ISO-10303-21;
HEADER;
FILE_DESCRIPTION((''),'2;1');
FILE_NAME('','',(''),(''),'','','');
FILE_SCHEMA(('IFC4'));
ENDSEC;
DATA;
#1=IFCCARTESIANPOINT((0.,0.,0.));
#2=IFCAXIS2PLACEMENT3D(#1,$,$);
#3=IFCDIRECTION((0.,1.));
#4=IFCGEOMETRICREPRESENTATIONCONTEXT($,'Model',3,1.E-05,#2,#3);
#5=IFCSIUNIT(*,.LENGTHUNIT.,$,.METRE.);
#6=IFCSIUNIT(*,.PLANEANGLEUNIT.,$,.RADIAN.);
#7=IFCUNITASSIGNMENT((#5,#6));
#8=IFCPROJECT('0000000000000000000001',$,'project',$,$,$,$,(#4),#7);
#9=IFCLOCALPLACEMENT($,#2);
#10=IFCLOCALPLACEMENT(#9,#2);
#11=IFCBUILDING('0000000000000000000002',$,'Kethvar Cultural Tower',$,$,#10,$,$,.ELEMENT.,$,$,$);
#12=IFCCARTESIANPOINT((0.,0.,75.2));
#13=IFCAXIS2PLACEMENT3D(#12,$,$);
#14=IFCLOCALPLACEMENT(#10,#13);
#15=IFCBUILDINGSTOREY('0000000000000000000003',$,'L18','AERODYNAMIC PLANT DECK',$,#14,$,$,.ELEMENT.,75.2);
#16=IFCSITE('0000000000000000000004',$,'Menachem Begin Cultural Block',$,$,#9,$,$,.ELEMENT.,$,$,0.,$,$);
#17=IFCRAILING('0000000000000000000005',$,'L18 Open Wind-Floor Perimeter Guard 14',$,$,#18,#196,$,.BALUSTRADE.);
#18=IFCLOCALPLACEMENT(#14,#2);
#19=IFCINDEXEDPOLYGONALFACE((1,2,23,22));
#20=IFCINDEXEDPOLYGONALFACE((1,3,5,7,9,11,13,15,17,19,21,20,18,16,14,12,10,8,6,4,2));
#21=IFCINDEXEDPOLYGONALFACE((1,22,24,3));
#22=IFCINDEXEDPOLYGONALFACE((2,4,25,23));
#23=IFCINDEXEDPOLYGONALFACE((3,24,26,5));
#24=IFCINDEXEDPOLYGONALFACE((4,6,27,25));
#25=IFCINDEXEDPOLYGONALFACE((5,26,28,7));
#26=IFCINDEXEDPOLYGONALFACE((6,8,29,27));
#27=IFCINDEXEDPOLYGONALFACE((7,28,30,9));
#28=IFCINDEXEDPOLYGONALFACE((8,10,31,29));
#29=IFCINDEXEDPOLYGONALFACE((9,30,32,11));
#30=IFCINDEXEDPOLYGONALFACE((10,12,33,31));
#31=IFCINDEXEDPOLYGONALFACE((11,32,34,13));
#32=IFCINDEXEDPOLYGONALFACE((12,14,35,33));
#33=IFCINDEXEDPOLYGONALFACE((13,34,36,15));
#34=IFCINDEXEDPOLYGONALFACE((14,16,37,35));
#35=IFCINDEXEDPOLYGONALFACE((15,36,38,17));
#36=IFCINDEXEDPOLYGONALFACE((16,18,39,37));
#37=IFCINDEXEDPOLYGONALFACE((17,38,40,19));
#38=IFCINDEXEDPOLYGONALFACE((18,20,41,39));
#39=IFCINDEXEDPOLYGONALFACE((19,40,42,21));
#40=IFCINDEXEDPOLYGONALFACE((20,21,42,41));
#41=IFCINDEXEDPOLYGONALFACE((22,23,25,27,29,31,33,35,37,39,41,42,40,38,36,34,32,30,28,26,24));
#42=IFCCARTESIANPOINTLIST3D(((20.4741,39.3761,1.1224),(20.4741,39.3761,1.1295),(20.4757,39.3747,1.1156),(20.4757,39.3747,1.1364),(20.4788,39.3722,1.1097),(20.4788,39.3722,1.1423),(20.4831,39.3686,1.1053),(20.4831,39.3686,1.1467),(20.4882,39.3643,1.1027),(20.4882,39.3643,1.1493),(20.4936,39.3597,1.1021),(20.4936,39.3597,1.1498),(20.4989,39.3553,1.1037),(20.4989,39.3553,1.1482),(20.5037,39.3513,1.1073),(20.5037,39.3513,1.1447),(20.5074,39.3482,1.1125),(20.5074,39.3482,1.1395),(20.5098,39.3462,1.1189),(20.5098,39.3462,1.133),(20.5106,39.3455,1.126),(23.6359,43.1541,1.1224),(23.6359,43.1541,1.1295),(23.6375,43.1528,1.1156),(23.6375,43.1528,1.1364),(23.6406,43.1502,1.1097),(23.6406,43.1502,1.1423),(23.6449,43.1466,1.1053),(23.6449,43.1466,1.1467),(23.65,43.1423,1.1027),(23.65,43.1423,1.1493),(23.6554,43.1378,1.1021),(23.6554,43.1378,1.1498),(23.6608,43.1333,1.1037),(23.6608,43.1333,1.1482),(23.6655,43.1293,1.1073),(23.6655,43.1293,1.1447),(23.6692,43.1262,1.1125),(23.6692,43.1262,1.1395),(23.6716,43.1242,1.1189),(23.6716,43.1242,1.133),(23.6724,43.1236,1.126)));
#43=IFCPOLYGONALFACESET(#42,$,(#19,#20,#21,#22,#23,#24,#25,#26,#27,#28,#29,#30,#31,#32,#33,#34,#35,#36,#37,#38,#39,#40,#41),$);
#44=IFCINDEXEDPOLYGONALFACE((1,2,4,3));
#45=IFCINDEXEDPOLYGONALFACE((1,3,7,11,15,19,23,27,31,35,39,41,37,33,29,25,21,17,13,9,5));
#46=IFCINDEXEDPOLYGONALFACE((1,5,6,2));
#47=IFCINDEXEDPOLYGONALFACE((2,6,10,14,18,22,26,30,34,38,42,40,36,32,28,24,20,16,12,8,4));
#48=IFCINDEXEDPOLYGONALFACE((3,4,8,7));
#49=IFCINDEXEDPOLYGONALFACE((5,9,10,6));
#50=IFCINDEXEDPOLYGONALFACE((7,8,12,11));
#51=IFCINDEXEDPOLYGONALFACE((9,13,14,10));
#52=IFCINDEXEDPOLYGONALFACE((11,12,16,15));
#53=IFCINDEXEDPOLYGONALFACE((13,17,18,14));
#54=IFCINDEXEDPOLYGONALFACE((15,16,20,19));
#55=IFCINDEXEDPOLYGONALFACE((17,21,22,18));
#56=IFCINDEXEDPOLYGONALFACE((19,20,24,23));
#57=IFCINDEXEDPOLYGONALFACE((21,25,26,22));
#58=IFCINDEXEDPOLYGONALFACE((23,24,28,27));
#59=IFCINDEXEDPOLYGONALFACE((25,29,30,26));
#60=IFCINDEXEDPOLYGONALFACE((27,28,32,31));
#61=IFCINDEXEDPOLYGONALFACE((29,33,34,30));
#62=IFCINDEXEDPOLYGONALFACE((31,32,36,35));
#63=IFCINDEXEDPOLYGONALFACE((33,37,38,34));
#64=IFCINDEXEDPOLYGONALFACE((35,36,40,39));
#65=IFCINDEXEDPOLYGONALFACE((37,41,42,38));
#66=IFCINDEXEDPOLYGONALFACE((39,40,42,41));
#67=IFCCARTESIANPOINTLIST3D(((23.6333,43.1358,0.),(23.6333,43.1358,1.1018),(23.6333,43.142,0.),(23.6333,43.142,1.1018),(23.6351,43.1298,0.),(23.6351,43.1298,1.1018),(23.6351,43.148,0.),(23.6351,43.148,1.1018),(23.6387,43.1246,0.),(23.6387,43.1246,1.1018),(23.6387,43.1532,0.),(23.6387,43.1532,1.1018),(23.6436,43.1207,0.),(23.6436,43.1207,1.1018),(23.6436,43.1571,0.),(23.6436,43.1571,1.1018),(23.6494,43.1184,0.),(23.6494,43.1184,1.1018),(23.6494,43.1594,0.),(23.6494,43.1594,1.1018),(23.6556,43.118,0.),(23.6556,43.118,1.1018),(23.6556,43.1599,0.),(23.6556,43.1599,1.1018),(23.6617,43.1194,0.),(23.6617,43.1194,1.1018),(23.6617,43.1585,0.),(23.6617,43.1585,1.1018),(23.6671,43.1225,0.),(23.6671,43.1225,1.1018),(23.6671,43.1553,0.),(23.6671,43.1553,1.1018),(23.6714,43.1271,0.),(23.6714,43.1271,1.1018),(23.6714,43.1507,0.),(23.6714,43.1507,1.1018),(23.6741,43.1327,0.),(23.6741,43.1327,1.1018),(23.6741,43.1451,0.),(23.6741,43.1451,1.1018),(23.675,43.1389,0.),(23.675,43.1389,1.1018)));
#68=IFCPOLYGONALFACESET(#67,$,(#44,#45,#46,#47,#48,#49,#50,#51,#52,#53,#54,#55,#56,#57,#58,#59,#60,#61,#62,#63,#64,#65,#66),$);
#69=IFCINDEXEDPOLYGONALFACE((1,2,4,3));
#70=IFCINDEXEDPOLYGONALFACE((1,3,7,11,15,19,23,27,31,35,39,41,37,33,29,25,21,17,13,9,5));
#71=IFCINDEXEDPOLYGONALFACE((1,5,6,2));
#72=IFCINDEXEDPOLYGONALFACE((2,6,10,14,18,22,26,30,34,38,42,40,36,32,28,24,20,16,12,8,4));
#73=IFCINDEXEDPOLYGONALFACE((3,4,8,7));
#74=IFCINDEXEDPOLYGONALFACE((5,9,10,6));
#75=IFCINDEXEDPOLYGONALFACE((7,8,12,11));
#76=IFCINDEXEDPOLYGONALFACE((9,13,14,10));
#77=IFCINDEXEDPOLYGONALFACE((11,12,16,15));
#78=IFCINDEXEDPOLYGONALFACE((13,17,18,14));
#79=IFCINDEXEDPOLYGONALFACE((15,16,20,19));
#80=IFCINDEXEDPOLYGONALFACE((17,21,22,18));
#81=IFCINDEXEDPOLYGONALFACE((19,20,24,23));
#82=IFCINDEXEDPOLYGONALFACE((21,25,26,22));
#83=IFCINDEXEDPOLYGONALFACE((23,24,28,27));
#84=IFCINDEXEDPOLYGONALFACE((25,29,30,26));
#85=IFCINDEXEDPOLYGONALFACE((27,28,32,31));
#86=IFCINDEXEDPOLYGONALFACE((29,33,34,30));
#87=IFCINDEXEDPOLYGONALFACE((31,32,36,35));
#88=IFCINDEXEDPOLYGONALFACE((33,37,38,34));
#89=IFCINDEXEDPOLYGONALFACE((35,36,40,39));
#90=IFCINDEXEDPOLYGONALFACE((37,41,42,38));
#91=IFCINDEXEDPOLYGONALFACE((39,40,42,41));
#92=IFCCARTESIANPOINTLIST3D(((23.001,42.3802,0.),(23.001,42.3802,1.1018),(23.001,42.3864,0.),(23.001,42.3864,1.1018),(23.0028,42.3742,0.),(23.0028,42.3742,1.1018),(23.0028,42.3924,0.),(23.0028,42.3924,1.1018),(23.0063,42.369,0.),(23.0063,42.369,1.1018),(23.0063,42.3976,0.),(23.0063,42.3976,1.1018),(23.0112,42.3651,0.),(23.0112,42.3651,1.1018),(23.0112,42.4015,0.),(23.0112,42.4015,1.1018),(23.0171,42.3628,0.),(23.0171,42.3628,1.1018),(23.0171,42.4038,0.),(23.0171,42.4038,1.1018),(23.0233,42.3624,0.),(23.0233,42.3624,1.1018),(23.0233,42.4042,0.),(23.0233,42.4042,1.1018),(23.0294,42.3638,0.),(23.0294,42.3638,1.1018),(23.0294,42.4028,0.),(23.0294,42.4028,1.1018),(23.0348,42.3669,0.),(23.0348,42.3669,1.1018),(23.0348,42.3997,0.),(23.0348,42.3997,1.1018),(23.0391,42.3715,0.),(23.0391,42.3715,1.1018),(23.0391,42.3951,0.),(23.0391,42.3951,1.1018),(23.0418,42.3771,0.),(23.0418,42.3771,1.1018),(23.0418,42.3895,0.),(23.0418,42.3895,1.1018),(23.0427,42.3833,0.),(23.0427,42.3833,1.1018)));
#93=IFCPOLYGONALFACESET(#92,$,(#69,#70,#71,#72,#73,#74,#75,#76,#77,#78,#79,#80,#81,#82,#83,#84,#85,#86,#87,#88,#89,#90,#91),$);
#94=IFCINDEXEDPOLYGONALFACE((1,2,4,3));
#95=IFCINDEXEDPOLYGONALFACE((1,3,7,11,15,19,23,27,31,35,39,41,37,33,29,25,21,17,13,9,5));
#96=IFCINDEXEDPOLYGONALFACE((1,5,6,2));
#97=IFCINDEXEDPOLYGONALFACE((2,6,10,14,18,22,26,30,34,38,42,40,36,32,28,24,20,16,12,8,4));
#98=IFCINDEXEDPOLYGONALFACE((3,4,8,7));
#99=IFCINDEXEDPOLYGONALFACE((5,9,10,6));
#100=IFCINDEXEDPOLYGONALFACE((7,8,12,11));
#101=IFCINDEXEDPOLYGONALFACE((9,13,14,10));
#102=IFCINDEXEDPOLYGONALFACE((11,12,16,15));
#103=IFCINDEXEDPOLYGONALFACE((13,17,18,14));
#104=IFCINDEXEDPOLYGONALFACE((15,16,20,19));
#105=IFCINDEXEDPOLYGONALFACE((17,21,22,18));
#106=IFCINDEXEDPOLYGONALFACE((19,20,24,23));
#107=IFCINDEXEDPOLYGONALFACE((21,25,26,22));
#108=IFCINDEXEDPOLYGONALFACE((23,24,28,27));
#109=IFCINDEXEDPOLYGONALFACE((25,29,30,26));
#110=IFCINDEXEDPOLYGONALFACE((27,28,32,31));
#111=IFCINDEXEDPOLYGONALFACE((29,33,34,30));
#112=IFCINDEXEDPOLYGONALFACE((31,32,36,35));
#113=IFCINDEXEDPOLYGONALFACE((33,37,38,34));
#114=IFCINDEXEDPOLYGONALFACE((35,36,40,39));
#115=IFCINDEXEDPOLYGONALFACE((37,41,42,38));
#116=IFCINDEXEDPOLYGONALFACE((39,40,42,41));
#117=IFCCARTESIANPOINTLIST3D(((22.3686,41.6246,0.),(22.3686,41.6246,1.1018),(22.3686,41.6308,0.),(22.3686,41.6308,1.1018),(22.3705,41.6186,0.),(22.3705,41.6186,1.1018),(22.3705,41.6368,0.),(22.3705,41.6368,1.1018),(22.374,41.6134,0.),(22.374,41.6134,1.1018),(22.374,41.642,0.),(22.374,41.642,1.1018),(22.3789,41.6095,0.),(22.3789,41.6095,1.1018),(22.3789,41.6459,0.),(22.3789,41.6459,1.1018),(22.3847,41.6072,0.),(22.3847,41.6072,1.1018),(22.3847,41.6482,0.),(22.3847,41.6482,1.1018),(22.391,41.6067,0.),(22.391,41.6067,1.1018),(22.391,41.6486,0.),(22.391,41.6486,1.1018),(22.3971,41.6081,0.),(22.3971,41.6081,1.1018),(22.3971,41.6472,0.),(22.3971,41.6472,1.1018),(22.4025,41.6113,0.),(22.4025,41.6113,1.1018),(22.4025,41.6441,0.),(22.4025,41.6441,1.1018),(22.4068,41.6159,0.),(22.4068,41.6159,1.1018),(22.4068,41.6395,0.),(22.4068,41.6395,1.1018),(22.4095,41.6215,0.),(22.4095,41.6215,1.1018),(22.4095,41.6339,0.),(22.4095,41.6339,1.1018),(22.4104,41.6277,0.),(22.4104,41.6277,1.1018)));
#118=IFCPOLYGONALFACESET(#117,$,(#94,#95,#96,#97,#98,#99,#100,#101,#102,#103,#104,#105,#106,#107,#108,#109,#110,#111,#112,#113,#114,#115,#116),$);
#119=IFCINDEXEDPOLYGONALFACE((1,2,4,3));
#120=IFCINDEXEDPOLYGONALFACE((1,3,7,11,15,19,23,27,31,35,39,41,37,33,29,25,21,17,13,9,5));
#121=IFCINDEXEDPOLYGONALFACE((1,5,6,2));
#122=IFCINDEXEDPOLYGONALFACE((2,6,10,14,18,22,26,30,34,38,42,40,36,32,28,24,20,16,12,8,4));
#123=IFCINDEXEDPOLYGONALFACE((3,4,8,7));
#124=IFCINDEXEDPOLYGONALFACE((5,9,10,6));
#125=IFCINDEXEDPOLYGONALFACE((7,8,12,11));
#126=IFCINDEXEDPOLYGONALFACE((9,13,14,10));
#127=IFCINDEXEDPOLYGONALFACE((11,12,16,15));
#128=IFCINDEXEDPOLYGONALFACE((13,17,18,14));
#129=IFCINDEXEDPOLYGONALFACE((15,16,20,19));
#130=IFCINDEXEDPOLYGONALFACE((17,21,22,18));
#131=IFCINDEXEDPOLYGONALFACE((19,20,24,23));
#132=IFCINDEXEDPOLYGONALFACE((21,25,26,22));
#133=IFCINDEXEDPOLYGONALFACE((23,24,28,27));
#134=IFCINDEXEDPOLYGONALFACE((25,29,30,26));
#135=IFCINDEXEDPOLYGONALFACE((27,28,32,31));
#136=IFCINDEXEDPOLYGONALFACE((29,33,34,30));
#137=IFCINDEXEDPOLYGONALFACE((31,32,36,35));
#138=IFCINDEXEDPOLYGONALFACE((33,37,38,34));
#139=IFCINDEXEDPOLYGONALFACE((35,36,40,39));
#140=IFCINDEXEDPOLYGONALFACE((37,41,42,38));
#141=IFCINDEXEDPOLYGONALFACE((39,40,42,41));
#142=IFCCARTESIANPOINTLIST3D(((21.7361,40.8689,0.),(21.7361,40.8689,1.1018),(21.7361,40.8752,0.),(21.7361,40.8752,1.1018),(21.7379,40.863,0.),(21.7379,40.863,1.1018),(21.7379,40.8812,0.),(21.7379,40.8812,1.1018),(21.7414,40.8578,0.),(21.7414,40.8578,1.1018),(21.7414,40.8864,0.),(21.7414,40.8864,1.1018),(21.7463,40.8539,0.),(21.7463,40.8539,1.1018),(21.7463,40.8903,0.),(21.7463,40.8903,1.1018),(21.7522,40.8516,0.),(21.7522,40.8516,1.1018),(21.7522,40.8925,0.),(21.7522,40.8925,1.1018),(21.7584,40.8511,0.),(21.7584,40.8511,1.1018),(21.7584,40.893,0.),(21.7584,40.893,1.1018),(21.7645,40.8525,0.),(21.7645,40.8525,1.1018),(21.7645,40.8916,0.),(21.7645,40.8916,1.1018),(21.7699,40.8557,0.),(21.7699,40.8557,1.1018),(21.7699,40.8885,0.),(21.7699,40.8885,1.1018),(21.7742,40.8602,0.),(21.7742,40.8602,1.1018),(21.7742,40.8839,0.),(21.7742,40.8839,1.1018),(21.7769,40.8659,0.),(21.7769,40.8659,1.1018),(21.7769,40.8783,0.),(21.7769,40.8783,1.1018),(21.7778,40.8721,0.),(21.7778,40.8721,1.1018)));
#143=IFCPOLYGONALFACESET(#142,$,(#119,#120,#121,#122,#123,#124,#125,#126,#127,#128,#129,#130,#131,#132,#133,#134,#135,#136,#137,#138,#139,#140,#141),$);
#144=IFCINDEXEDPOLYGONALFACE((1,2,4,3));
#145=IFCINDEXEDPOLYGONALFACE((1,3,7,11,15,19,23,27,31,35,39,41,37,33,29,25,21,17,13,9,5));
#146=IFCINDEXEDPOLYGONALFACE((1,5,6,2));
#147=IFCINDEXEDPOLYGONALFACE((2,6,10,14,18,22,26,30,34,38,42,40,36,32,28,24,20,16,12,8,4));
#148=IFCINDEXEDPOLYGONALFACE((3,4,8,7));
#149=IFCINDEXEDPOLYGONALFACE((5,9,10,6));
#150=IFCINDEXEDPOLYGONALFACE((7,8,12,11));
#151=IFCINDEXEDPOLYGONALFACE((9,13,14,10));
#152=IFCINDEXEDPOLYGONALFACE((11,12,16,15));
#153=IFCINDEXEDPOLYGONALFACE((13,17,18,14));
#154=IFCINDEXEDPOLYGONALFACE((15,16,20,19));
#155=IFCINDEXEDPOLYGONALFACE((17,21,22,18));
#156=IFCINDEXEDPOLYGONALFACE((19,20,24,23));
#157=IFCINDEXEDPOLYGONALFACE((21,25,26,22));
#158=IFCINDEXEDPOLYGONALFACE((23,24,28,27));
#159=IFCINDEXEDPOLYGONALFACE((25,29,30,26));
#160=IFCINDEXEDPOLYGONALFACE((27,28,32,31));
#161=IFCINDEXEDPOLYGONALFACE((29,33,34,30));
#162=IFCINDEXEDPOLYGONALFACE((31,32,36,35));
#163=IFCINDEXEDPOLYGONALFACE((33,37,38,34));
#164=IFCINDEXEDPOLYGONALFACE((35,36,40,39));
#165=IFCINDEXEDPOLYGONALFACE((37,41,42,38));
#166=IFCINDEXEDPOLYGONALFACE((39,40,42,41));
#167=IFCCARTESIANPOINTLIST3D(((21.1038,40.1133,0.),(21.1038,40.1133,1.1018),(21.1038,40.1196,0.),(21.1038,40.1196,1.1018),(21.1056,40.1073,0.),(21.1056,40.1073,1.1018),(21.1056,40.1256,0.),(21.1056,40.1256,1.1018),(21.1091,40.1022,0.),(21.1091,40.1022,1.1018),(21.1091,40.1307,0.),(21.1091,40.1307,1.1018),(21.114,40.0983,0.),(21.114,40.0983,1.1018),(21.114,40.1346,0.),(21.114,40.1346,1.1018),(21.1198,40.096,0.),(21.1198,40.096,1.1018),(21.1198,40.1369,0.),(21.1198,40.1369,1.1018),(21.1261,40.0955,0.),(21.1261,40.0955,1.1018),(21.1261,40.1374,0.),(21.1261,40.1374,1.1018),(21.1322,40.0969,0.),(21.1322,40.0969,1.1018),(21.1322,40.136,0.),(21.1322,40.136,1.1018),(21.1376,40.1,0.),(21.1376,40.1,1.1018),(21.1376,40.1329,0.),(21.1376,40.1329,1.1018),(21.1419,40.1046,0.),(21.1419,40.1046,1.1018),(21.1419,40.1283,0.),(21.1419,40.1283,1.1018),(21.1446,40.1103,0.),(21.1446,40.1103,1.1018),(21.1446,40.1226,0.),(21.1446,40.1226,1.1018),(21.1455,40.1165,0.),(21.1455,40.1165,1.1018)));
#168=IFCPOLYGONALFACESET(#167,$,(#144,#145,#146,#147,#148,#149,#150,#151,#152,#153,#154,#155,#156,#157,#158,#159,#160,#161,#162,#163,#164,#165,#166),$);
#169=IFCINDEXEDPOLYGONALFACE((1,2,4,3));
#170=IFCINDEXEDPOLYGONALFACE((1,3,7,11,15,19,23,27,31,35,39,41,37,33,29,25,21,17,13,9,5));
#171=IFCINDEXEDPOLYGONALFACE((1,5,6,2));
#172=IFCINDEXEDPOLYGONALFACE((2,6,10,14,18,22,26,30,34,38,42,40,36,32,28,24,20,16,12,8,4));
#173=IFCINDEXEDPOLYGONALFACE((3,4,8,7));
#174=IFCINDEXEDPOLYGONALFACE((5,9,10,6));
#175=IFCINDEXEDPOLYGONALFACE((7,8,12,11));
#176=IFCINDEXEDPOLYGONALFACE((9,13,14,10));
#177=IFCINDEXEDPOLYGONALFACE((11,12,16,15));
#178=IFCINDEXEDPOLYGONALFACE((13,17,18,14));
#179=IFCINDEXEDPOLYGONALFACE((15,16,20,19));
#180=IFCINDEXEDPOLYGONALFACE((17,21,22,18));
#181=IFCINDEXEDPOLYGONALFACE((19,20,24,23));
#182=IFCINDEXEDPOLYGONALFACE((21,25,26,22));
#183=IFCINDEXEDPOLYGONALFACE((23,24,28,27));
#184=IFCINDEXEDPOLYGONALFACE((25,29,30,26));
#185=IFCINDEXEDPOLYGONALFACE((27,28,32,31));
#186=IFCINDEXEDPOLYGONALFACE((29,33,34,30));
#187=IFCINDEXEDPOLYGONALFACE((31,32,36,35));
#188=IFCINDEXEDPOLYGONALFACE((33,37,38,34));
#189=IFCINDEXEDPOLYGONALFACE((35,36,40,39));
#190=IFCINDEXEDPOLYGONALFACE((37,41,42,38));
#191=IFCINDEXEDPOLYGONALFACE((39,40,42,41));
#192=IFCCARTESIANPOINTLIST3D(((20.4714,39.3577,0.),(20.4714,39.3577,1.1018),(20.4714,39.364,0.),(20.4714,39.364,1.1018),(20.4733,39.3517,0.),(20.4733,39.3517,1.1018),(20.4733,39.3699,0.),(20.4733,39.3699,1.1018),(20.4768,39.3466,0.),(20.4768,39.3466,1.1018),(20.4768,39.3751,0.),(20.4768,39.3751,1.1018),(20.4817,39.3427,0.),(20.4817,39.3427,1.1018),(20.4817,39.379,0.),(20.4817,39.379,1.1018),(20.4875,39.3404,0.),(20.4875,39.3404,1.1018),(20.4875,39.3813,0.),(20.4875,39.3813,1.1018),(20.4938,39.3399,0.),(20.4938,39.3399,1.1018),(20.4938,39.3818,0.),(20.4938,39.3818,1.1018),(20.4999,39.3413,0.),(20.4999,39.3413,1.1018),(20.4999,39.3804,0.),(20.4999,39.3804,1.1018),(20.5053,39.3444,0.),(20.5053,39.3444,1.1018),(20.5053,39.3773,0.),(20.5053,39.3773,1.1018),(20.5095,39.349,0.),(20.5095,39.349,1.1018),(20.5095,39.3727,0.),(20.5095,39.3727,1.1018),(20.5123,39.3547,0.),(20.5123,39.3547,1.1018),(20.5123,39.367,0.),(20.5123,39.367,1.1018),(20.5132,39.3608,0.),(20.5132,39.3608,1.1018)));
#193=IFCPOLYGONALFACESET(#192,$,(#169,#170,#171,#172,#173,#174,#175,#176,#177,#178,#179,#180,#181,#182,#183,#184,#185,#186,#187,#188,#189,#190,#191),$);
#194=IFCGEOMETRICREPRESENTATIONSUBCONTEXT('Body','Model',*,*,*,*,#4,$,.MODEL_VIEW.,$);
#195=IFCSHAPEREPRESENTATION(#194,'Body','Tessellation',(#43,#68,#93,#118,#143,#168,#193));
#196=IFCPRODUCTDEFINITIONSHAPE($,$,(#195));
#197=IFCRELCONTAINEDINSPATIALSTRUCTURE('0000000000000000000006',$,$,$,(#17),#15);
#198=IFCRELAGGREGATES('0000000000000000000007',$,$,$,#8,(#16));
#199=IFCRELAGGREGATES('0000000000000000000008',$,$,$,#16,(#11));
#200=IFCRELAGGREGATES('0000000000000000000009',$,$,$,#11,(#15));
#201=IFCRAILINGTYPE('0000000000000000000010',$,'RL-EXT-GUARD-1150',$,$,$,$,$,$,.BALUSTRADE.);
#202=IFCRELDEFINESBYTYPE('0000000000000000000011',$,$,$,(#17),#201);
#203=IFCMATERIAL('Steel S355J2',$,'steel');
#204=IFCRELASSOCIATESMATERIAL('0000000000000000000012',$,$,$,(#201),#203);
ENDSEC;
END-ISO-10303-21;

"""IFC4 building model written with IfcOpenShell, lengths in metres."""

from ifc_helpers import new_model, si_unit, direction, frame, origin, origin_2d, place, context, subcontext, project, spatial, circle, extrude, material, type_object, element, save


model = new_model("IFC4")

# Units and contexts
model_context = context("Model", 3, precision=1e-05, world=origin(), true_north=direction((0.0, 1.0)))
body_context = subcontext(model_context, "Body", "Model", "MODEL_VIEW")
ifc_project = project(units=[si_unit("LENGTHUNIT", "METRE"), si_unit("PLANEANGLEUNIT", "RADIAN")], contexts=[model_context])

# Site, building, storey
site_placement = place(None, origin())
site = spatial("IfcSite", under=ifc_project, at=site_placement, Name="Menachem Begin Cultural Block", CompositionType="ELEMENT", RefElevation=0.0)
building_placement = place(site_placement, origin())
building = spatial("IfcBuilding", under=site, at=building_placement, Name="Kethvar Cultural Tower", CompositionType="ELEMENT")
storey_placement = place(building_placement, frame((0.0, 0.0, 75.2)))
storey = spatial("IfcBuildingStorey", under=building, at=storey_placement, Name="L18", Description="AERODYNAMIC PLANT DECK", CompositionType="ELEMENT", Elevation=75.2)

# Shared definitions
ifc_material_1 = material(Name="Steel S355J2", Category="steel")

# Railing
railing_type = type_object("IfcRailingType", Name="RL-EXT-GUARD-1150", PredefinedType="BALUSTRADE", material=ifc_material_1)
railing_1_placement = place(storey_placement, frame((23.6541, 43.1389, 0.0)))
element("IfcRailing", 1, at=railing_1_placement, inside=storey, type_object=railing_type, Name="L18 Open Wind-Floor Perimeter Guard 14", PredefinedType="BALUSTRADE", context=body_context, shape_type="SweptSolid", body=[
    extrude(circle(Radius=0.0239, at=origin_2d()), frame((0.0, 0.0, 1.126), z_axis=(-0.641796, -0.766875, 0.0), x_axis=(0.766875, -0.641796, 0.0)), (0.0, 0.0, 1.0), 4.9265),
    extrude(circle(Radius=0.021, at=origin_2d()), origin(), (0.0, 0.0, 1.0), 1.1018),
    extrude(circle(Radius=0.021, at=origin_2d()), frame((-0.6323, -0.7556, 0.0)), (0.0, 0.0, 1.0), 1.1018),
    extrude(circle(Radius=0.021, at=origin_2d()), frame((-1.2646, -1.5112, 0.0)), (0.0, 0.0, 1.0), 1.1018),
    extrude(circle(Radius=0.021, at=origin_2d()), frame((-1.8972, -2.2668, 0.0)), (0.0, 0.0, 1.0), 1.1018),
    extrude(circle(Radius=0.021, at=origin_2d()), frame((-2.5295, -3.0225, 0.0)), (0.0, 0.0, 1.0), 1.1018),
    extrude(circle(Radius=0.021, at=origin_2d()), frame((-3.1619, -3.7781, 0.0)), (0.0, 0.0, 1.0), 1.1018),
])

save(model, "model.ifc")
